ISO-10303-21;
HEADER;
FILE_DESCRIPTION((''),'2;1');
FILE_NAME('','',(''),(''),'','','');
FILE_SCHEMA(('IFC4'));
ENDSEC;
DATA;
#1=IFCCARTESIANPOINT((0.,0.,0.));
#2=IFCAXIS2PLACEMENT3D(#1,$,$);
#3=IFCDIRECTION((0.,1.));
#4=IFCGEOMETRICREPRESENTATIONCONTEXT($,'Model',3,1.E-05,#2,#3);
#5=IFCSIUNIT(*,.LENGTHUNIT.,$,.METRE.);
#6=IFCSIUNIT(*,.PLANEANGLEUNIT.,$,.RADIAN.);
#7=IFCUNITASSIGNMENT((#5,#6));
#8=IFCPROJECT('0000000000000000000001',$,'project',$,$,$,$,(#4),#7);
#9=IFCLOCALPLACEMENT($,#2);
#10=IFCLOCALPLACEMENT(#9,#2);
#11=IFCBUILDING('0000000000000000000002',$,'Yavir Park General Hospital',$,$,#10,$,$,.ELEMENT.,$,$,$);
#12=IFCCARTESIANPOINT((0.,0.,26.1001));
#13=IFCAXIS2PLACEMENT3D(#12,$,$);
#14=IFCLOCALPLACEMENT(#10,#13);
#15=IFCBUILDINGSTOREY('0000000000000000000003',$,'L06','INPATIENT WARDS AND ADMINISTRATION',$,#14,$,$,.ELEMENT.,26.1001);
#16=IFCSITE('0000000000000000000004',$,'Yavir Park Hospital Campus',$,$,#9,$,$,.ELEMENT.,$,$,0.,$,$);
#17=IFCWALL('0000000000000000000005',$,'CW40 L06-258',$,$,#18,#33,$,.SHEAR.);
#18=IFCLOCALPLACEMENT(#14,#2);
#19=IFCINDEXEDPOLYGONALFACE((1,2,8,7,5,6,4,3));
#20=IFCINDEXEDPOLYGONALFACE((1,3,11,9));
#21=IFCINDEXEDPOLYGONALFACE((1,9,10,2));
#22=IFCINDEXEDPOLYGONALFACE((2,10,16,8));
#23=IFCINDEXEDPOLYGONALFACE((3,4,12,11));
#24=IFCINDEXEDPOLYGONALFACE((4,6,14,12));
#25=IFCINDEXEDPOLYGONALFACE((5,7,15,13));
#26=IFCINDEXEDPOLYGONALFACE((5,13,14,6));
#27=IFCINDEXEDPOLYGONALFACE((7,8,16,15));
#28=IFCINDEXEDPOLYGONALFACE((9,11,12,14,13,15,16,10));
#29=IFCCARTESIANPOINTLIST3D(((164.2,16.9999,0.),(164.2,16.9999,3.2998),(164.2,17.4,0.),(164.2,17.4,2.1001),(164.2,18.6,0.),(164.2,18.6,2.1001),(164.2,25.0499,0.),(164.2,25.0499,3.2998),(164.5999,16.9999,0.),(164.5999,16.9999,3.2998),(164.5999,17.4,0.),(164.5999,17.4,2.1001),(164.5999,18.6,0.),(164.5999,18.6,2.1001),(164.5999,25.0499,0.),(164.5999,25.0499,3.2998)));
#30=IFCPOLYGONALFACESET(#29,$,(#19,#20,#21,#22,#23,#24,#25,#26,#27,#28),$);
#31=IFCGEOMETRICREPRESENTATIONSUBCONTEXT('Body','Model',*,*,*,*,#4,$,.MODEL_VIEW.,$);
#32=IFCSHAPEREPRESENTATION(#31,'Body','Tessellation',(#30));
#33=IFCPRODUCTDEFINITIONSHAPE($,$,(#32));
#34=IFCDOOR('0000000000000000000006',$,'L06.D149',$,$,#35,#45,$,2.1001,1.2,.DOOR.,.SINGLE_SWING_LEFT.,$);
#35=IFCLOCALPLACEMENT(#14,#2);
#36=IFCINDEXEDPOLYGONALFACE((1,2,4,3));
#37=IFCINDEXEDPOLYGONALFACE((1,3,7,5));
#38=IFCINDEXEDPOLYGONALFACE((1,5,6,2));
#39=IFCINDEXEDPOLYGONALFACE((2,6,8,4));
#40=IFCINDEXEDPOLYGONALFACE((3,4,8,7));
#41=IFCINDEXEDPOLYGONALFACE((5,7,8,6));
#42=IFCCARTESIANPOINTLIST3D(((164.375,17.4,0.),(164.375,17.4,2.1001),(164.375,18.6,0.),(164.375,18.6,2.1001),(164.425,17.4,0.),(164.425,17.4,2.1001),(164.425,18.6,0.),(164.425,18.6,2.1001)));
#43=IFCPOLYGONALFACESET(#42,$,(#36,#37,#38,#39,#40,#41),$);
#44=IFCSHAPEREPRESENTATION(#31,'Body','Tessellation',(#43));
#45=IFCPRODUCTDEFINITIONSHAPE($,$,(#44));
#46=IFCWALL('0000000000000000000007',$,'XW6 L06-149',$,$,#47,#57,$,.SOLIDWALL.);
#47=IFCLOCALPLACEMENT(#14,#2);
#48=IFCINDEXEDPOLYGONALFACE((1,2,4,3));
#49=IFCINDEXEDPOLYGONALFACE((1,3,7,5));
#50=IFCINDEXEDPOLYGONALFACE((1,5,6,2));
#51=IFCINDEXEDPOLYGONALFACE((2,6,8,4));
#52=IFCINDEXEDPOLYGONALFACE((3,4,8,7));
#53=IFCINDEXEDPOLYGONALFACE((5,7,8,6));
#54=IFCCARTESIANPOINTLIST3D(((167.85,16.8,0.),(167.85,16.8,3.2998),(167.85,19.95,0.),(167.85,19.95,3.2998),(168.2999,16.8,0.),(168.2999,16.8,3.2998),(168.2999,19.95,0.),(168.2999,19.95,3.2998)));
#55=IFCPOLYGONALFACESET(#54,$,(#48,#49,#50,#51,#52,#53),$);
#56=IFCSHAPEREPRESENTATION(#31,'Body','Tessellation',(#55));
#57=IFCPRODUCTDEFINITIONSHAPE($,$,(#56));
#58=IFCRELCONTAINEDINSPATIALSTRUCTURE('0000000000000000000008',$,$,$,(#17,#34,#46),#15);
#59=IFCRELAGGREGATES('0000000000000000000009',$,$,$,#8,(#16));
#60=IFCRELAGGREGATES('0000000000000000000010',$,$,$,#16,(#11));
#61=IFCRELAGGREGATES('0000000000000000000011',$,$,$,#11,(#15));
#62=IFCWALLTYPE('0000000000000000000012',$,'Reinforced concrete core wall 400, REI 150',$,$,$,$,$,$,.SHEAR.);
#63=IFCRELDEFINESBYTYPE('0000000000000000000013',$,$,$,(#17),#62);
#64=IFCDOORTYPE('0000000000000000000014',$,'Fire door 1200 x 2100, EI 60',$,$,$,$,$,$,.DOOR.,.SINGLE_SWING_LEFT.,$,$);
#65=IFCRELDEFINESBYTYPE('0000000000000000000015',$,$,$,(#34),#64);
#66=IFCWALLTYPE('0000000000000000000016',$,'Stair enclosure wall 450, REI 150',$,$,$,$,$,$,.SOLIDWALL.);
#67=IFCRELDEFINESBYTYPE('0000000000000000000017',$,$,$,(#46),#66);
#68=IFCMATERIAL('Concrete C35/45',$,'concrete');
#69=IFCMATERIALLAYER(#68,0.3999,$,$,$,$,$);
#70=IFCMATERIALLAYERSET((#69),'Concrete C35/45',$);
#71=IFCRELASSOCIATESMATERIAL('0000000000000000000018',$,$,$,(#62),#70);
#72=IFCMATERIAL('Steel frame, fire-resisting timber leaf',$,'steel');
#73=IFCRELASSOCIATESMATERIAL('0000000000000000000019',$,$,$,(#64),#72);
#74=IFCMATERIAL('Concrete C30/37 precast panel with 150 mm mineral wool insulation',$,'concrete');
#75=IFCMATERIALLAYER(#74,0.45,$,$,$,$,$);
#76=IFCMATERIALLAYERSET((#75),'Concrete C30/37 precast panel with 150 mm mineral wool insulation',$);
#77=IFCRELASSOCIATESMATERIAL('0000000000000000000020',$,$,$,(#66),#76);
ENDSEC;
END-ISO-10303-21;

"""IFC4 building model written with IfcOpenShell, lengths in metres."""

from ifc_helpers import new_model, si_unit, direction, frame, frame_2d, origin, place, context, subcontext, project, spatial, rectangle, extrude, material, layer, layer_set, type_object, element, fill, save


model = new_model("IFC4")

# Units and contexts
model_context = context("Model", 3, precision=1e-05, world=origin(), true_north=direction((0.0, 1.0)))
body_context = subcontext(model_context, "Body", "Model", "MODEL_VIEW")
ifc_project = project(units=[si_unit("LENGTHUNIT", "METRE"), si_unit("PLANEANGLEUNIT", "RADIAN")], contexts=[model_context])

# Site, building, storey
site_placement = place(None, origin())
site = spatial("IfcSite", under=ifc_project, at=site_placement, Name="Yavir Park Hospital Campus", CompositionType="ELEMENT", RefElevation=0.0)
building_placement = place(site_placement, origin())
building = spatial("IfcBuilding", under=site, at=building_placement, Name="Yavir Park General Hospital", CompositionType="ELEMENT")
storey_placement = place(building_placement, frame((0.0, 0.0, 26.1001)))
storey = spatial("IfcBuildingStorey", under=building, at=storey_placement, Name="L06", Description="INPATIENT WARDS AND ADMINISTRATION", CompositionType="ELEMENT", Elevation=26.1001)

# Shared definitions
ifc_material_1 = material(Name="Concrete C35/45", Category="concrete")
ifc_layer_1 = layer(ifc_material_1, 0.3999)
ifc_layer_set_1 = layer_set([ifc_layer_1], Name="Concrete C35/45")
wall_type_1 = type_object("IfcWallType", Name="Reinforced concrete core wall 400, REI 150", PredefinedType="SHEAR", material=ifc_layer_set_1)

# Wall, opening, door
wall_1_placement = place(storey_placement, frame((164.3999, 17.0, 0.0), z_axis=(0.0, 0.0, 1.0), x_axis=(0.0, 1.0, 0.0)))
wall_1 = element("IfcWall", 1, at=wall_1_placement, inside=storey, type_object=wall_type_1, Name="CW40 L06-258", PredefinedType="SHEAR", context=body_context, shape_type="SweptSolid", body=[
    extrude(rectangle(XDim=8.05, YDim=0.3999, at=frame_2d((4.0249, 0.0))), origin(), (0.0, 0.0, 1.0), 3.2998),
])
opening_1_placement = place(wall_1_placement, frame((0.3999, 0.0, 0.0)))
opening_1 = element("IfcOpeningElement", 2, at=opening_1_placement, cuts=wall_1, PredefinedType="OPENING", context=body_context, shape_type="SweptSolid", body=[
    extrude(rectangle(XDim=1.2, YDim=2.1001, at=frame_2d((0.6001, 1.05))), frame((0.0, 0.21, 0.0), z_axis=(0.0, -1.0, 0.0), x_axis=(1.0, 0.0, 0.0)), (0.0, 0.0, 1.0), 0.4199),
])
ifc_material_2 = material(Name="Steel frame, fire-resisting timber leaf", Category="steel")
door_type = type_object("IfcDoorType", Name="Fire door 1200 x 2100, EI 60", OperationType="SINGLE_SWING_LEFT", PredefinedType="DOOR", material=ifc_material_2)
door_placement = place(opening_1_placement, origin())
door = element("IfcDoor", 3, at=door_placement, inside=storey, type_object=door_type, Name="L06.D149", OperationType="SINGLE_SWING_LEFT", OverallHeight=2.1001, OverallWidth=1.2, PredefinedType="DOOR", context=body_context, shape_type="SweptSolid", body=[
    extrude(rectangle(XDim=1.2, YDim=2.1001, at=frame_2d((0.6001, 1.05))), frame((0.0, 0.0249, 0.0), z_axis=(0.0, -1.0, 0.0), x_axis=(1.0, 0.0, 0.0)), (0.0, 0.0, 1.0), 0.05),
])
fill(opening_1, door)

# Wall
ifc_material_3 = material(Name="Concrete C30/37 precast panel with 150 mm mineral wool insulation", Category="concrete")
ifc_layer_2 = layer(ifc_material_3, 0.45)
ifc_layer_set_2 = layer_set([ifc_layer_2], Name="Concrete C30/37 precast panel with 150 mm mineral wool insulation")
wall_type_2 = type_object("IfcWallType", Name="Stair enclosure wall 450, REI 150", PredefinedType="SOLIDWALL", material=ifc_layer_set_2)
wall_2_placement = place(storey_placement, frame((168.075, 16.8, 0.0), z_axis=(0.0, 0.0, 1.0), x_axis=(0.0, 1.0, 0.0)))
element("IfcWall", 4, at=wall_2_placement, inside=storey, type_object=wall_type_2, Name="XW6 L06-149", PredefinedType="SOLIDWALL", context=body_context, shape_type="SweptSolid", body=[
    extrude(rectangle(XDim=3.1499, YDim=0.45, at=frame_2d((1.575, 0.0))), origin(), (0.0, 0.0, 1.0), 3.2998),
])

save(model, "model.ifc")
